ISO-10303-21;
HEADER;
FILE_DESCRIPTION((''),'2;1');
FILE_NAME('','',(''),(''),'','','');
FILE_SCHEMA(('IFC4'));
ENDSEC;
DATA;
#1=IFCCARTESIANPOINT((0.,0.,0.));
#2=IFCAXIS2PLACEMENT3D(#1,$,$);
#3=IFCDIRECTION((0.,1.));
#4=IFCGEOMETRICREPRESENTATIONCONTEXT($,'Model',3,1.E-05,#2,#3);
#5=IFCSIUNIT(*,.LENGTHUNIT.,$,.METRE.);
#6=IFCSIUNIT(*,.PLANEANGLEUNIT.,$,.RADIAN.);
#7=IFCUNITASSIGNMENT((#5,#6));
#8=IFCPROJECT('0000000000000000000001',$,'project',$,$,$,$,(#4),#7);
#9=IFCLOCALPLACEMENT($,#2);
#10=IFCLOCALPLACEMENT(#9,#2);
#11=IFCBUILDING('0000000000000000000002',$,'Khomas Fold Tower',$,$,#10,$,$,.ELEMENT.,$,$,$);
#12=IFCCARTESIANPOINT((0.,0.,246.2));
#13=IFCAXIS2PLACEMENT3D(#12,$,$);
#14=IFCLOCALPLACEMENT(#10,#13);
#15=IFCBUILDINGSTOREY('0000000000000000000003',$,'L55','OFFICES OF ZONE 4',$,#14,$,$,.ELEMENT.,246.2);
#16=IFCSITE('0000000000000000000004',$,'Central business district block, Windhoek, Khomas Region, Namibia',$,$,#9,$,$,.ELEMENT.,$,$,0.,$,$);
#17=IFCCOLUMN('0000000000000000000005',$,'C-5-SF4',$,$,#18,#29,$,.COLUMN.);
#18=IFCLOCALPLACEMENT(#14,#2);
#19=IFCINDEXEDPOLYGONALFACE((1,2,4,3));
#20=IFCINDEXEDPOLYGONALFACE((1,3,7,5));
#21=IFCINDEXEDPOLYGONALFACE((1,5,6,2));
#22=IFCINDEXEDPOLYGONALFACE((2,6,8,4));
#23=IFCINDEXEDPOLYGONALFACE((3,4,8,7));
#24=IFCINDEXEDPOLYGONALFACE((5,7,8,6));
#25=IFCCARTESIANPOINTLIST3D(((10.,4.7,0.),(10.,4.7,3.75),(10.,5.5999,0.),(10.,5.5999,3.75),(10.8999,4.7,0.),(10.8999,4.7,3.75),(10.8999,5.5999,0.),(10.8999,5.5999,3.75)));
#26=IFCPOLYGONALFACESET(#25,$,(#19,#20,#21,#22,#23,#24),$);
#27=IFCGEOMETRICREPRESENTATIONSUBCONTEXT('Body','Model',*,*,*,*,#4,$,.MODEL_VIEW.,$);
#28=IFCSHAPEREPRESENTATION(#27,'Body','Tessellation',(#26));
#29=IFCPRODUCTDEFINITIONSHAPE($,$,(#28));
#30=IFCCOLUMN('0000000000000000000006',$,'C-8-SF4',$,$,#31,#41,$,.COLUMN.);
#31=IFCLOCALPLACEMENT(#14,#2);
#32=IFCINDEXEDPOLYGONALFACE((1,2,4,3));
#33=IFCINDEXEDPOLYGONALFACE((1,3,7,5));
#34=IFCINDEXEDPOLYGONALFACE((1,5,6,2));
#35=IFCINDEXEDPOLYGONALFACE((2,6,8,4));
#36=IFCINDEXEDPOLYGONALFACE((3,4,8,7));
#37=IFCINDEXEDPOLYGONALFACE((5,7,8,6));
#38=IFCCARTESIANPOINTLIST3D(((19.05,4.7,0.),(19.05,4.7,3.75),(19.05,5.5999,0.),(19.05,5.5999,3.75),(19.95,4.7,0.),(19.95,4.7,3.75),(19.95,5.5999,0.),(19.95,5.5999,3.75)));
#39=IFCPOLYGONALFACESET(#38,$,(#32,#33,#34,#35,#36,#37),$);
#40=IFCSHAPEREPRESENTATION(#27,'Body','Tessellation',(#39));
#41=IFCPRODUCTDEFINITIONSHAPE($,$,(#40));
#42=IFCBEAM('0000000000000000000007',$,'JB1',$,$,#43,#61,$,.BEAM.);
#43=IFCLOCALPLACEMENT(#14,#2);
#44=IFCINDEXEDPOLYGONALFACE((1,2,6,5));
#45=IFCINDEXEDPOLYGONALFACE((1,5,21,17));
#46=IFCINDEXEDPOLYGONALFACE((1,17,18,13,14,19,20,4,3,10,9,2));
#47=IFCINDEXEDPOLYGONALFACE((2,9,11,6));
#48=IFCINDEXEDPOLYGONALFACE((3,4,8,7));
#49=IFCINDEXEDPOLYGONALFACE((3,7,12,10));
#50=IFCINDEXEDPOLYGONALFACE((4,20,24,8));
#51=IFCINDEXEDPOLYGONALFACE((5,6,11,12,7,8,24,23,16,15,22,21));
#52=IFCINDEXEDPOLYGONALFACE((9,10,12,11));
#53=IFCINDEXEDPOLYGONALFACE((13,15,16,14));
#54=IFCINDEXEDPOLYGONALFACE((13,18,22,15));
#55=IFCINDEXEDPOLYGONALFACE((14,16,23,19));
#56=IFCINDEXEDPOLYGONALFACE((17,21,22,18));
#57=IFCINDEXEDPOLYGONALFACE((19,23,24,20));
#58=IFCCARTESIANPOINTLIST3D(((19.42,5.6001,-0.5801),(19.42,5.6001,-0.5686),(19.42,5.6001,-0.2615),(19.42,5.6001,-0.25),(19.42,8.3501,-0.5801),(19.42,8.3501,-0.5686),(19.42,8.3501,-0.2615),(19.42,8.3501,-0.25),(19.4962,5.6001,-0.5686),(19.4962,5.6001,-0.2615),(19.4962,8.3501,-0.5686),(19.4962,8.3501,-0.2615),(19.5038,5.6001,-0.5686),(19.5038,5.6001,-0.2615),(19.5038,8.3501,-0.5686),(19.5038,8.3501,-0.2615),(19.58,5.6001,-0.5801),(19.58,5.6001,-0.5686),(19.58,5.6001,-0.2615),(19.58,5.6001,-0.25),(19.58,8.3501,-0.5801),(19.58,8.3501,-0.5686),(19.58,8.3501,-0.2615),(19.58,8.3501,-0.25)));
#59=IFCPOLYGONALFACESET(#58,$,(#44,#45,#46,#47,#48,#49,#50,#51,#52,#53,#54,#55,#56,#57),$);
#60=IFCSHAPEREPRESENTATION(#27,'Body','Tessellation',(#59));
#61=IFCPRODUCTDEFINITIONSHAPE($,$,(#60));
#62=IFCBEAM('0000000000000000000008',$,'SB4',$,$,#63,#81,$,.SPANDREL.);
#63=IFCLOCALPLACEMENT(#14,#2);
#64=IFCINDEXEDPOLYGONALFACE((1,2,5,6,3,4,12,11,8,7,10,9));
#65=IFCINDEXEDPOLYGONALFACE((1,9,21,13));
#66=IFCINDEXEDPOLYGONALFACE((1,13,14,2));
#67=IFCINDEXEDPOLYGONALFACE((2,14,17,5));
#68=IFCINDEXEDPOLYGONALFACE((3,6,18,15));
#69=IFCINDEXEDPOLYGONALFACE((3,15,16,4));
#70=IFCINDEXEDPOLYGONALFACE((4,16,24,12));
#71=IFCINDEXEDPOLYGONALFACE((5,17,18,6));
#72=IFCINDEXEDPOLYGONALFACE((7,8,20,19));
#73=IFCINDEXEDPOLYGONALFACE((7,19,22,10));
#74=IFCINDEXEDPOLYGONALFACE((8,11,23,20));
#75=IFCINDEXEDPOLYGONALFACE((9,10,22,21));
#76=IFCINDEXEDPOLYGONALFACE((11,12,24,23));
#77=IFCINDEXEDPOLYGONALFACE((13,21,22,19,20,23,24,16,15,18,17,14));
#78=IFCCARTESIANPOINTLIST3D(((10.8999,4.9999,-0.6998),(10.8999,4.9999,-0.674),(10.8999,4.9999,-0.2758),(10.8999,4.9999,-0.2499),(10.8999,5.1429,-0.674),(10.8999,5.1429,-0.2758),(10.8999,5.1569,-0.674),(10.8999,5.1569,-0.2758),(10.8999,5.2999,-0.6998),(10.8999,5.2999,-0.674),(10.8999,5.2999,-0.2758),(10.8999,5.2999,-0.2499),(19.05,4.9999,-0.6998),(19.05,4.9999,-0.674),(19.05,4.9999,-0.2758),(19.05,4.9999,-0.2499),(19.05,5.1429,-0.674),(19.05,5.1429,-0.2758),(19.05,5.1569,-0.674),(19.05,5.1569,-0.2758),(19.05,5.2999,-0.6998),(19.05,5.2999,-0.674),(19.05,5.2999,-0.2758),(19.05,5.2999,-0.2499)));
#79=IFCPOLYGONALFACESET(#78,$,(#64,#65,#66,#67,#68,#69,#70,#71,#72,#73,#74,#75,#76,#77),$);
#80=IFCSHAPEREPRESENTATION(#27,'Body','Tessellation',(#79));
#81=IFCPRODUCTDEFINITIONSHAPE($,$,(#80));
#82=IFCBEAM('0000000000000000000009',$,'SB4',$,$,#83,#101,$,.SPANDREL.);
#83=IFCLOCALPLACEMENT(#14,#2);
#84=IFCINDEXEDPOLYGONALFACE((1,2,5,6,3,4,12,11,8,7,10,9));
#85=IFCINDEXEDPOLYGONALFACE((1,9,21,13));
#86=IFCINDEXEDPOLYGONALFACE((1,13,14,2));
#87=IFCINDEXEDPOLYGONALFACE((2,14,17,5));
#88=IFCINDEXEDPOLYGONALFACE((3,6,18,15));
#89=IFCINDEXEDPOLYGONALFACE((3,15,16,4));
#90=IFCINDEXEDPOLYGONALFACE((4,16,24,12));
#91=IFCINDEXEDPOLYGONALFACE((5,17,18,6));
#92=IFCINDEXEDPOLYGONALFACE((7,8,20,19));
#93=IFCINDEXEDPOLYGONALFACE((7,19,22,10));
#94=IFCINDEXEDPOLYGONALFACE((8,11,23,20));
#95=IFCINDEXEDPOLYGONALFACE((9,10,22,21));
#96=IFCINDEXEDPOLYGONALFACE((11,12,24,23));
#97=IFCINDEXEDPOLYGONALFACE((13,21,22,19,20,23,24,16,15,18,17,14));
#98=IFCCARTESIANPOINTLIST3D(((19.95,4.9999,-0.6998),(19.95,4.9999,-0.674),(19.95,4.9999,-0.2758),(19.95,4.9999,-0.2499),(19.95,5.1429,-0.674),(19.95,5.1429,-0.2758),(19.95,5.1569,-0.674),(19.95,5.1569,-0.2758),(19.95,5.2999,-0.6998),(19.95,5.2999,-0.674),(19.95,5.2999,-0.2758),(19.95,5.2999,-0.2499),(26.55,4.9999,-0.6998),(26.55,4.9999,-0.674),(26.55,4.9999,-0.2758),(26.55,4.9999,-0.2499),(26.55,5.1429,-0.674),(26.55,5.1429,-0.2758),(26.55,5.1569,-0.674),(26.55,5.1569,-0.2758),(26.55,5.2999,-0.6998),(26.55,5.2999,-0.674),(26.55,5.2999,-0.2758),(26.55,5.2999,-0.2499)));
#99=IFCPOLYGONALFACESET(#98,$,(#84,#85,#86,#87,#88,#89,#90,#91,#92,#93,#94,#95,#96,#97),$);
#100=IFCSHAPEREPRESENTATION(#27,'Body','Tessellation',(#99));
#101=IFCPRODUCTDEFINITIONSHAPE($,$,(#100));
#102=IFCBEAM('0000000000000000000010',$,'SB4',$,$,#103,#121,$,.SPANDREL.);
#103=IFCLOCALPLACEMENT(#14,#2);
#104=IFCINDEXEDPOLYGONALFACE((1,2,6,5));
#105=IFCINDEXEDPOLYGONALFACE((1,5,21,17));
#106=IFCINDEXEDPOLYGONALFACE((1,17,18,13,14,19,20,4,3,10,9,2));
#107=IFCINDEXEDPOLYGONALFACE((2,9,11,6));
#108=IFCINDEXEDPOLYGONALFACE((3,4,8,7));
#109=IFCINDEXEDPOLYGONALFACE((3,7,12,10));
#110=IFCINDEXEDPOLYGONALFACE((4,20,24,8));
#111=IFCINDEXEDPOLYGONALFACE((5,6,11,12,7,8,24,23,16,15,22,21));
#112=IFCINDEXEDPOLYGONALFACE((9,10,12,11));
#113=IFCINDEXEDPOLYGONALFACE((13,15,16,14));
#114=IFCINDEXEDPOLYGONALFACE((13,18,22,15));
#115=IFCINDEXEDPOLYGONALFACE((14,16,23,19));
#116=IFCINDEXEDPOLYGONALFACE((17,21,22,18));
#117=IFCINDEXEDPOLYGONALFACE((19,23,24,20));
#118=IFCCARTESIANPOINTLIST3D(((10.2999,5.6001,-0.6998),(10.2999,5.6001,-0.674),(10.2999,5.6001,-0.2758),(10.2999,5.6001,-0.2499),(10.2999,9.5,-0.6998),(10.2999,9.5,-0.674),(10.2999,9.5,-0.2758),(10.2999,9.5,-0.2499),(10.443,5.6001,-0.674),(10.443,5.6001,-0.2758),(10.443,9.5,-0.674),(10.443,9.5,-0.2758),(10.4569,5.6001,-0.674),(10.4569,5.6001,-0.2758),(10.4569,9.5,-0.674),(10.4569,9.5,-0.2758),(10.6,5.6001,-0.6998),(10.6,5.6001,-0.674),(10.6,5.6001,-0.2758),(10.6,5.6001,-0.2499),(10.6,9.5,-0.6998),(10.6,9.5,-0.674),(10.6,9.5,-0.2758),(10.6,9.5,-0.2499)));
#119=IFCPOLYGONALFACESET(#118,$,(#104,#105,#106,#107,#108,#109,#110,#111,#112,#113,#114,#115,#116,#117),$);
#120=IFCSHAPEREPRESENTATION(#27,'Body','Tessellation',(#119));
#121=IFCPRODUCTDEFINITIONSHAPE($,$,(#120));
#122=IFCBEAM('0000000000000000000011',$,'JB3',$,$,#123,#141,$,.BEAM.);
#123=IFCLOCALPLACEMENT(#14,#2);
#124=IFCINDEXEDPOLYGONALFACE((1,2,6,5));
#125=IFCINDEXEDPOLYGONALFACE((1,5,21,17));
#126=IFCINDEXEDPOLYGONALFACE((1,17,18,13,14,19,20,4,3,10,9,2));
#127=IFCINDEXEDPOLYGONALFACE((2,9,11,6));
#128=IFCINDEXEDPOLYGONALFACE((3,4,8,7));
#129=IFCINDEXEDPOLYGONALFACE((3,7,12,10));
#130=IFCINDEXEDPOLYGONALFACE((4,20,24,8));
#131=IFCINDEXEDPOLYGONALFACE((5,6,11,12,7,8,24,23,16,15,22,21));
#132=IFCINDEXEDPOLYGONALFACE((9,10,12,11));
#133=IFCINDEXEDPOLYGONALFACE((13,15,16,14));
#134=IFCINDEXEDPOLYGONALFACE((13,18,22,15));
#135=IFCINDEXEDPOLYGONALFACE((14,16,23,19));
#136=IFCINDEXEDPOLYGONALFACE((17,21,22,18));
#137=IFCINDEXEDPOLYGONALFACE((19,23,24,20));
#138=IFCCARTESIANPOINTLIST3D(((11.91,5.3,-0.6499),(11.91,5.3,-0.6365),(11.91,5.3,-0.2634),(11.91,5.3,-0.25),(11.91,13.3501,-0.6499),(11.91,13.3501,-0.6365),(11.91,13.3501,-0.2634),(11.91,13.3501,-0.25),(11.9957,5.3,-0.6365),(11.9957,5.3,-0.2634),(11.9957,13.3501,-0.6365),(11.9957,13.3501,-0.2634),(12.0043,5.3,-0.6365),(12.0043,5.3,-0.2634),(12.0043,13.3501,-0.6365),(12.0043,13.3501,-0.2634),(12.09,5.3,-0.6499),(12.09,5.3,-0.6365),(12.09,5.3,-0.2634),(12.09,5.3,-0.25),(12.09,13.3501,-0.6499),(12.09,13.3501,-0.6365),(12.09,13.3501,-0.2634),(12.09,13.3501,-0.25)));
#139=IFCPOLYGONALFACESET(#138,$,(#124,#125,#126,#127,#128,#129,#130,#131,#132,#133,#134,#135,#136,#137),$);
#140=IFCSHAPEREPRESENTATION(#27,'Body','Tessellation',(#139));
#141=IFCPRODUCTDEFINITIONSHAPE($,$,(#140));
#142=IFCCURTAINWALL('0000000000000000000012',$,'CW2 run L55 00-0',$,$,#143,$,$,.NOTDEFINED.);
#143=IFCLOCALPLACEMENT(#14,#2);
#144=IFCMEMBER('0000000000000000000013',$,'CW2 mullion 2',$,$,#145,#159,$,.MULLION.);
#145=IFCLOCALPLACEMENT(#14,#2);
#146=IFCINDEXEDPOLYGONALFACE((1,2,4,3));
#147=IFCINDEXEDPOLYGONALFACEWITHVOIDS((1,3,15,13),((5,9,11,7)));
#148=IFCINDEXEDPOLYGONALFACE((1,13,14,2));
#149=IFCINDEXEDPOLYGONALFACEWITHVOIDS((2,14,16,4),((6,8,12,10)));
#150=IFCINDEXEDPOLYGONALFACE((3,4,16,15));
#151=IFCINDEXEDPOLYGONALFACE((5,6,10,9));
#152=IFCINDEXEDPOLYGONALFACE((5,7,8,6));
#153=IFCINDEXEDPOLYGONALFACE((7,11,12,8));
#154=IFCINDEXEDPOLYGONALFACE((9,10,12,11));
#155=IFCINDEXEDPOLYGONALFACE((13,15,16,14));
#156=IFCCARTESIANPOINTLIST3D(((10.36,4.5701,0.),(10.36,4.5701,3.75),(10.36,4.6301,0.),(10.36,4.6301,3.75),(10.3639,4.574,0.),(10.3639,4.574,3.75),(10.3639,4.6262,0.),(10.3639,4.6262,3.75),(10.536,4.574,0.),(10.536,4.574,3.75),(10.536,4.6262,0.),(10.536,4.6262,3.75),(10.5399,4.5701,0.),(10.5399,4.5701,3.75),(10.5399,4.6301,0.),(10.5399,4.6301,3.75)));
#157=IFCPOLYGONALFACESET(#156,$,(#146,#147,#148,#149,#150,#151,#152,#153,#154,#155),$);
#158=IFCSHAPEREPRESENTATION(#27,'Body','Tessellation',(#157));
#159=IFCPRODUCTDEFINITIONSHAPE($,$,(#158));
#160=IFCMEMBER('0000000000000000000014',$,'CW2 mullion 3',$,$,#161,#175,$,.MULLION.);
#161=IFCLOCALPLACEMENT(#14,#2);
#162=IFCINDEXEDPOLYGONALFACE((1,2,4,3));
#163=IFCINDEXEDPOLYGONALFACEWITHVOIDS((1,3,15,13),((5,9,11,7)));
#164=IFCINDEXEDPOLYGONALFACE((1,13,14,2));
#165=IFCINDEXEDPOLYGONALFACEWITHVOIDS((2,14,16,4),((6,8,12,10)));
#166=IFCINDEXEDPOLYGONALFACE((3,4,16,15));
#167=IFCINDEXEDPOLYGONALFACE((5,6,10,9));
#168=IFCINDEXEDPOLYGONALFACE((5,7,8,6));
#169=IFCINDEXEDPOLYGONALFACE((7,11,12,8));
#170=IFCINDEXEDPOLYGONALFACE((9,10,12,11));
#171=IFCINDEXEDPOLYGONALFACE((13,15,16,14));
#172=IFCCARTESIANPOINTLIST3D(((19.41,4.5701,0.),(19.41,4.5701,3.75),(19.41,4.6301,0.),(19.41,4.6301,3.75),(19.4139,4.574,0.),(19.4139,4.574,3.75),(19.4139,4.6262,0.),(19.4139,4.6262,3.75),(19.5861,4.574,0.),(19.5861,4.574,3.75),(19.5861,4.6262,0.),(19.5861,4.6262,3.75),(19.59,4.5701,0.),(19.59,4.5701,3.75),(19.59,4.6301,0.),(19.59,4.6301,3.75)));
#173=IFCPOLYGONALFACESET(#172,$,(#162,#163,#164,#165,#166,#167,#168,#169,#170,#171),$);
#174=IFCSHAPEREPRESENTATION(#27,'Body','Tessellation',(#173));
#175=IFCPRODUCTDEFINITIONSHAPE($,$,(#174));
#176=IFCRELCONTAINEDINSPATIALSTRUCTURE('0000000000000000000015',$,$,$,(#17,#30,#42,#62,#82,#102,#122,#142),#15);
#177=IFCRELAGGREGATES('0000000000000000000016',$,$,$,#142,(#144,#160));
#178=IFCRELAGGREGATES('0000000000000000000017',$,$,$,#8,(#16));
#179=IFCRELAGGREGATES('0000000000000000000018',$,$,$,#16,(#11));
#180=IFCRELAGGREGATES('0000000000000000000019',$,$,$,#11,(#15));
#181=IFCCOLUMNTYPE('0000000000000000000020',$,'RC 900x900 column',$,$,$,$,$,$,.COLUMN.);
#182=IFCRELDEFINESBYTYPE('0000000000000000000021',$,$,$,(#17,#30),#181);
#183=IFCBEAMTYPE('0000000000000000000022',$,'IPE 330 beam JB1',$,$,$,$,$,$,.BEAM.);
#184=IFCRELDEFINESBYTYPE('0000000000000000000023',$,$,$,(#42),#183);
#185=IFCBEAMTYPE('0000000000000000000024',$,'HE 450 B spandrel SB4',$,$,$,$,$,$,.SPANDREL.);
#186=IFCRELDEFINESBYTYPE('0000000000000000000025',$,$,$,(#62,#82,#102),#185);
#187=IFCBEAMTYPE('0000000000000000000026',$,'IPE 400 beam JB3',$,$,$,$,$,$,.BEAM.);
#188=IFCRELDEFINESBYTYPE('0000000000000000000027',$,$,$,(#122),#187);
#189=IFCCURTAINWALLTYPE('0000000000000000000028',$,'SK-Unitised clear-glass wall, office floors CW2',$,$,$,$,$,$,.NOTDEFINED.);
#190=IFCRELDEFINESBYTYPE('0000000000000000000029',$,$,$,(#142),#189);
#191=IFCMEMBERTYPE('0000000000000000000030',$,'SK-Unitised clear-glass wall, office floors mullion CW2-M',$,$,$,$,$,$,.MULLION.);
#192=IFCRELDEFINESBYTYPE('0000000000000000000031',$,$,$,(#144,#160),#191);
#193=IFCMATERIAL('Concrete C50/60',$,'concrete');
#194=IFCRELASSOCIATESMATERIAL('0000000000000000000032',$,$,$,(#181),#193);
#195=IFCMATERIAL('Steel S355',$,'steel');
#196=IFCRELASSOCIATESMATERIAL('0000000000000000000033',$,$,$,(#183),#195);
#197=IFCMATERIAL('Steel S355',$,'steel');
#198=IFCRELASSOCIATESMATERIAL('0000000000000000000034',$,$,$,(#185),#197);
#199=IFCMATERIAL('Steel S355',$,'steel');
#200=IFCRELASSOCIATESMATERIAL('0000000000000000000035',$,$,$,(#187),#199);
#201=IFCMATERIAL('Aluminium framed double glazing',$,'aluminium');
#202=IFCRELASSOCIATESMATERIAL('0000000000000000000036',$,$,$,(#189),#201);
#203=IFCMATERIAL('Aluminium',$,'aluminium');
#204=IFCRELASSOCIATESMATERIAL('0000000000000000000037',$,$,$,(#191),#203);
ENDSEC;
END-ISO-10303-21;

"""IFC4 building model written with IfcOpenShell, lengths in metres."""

from ifc_helpers import new_model, si_unit, direction, frame, origin, origin_2d, place, context, subcontext, project, spatial, rectangle, hollow_rectangle, i_section, extrude, source, transform, mapped, material, material_profile, profile_set, type_object, element, aggregate, save


model = new_model("IFC4")

# Units and contexts
model_context = context("Model", 3, precision=1e-05, world=origin(), true_north=direction((0.0, 1.0)))
body_context = subcontext(model_context, "Body", "Model", "MODEL_VIEW")
ifc_project = project(units=[si_unit("LENGTHUNIT", "METRE"), si_unit("PLANEANGLEUNIT", "RADIAN")], contexts=[model_context])

# Site, building, storey
site_placement = place(None, origin())
site = spatial("IfcSite", under=ifc_project, at=site_placement, Name="Central business district block, Windhoek, Khomas Region, Namibia", CompositionType="ELEMENT", RefElevation=0.0)
building_placement = place(site_placement, origin())
building = spatial("IfcBuilding", under=site, at=building_placement, Name="Khomas Fold Tower", CompositionType="ELEMENT")
storey_placement = place(building_placement, frame((0.0, 0.0, 246.2)))
storey = spatial("IfcBuildingStorey", under=building, at=storey_placement, Name="L55", Description="OFFICES OF ZONE 4", CompositionType="ELEMENT", Elevation=246.2)

# Columns
ifc_material_1 = material(Name="Concrete C50/60", Category="concrete")
ifc_material_profile_1 = material_profile(ifc_material_1, rectangle(XDim=0.8999, YDim=0.8999, at=origin_2d()), Name="RC 900x900")
ifc_profile_set_1 = profile_set([ifc_material_profile_1], Name="Concrete C50/60")
column_type = type_object("IfcColumnType", Name="RC 900x900 column", PredefinedType="COLUMN", material=ifc_profile_set_1)
shared_shape_1 = source(origin(), body_context, "Body", "SweptSolid", [
    extrude(rectangle(XDim=0.8999, YDim=0.8999, at=origin_2d()), origin(), (0.0, 0.0, 1.0), 3.75),
])
for number, where, z_axis, x_axis, name in (
    (1, (10.45, 5.1499, 0.0), (0.0, 0.0, 1.0), (1.0, 0.0, 0.0), "C-5-SF4"),
    (2, (19.5, 5.1499, 0.0), (0.0, 0.0, 1.0), (1.0, 0.0, 0.0), "C-8-SF4"),
):
    element("IfcColumn", number, at=place(storey_placement, frame(where, z_axis=z_axis, x_axis=x_axis)), inside=storey, type_object=column_type, Name=name, PredefinedType="COLUMN", context=body_context, shape_type="MappedRepresentation", body=[
        mapped(shared_shape_1, transform((0.0, 0.0, 0.0))),
    ])

# Beams
ifc_material_2 = material(Name="Steel S355", Category="steel")
ifc_material_profile_2 = material_profile(ifc_material_2, i_section(OverallWidth=0.1599, OverallDepth=0.3301, WebThickness=0.0076, FlangeThickness=0.0115, at=origin_2d()), Name="IPE 330")
ifc_profile_set_2 = profile_set([ifc_material_profile_2], Name="Steel S355")
beam_type_1 = type_object("IfcBeamType", Name="IPE 330 beam JB1", PredefinedType="BEAM", material=ifc_profile_set_2)
shared_shape_2 = source(origin(), body_context, "Body", "SweptSolid", [
    extrude(i_section(OverallWidth=0.1599, OverallDepth=0.3301, WebThickness=0.0076, FlangeThickness=0.0115, at=origin_2d()), origin(), (0.0, 0.0, 1.0), 2.75),
])
beam_1_placement = place(storey_placement, frame((19.5, 5.6001, -0.415), z_axis=(0.0, 1.0, 0.0), x_axis=(-1.0, 0.0, 0.0)))
element("IfcBeam", 3, at=beam_1_placement, inside=storey, type_object=beam_type_1, Name="JB1", PredefinedType="BEAM", context=body_context, shape_type="MappedRepresentation", body=[
    mapped(shared_shape_2, transform((0.0, 0.0, 0.0))),
])
ifc_material_3 = material(Name="Steel S355", Category="steel")
ifc_material_profile_3 = material_profile(ifc_material_3, i_section(OverallWidth=0.3, OverallDepth=0.45, WebThickness=0.0139, FlangeThickness=0.0259, at=origin_2d()), Name="HE 450 B")
ifc_profile_set_3 = profile_set([ifc_material_profile_3], Name="Steel S355")
beam_type_2 = type_object("IfcBeamType", Name="HE 450 B spandrel SB4", PredefinedType="SPANDREL", material=ifc_profile_set_3)
shared_shape_3 = source(origin(), body_context, "Body", "SweptSolid", [
    extrude(i_section(OverallWidth=0.3, OverallDepth=0.45, WebThickness=0.0139, FlangeThickness=0.0259, at=origin_2d()), origin(), (0.0, 0.0, 1.0), 8.1501),
])
beam_2_placement = place(storey_placement, frame((10.8999, 5.1499, -0.4749), z_axis=(1.0, 0.0, 0.0), x_axis=(0.0, 1.0, 0.0)))
element("IfcBeam", 4, at=beam_2_placement, inside=storey, type_object=beam_type_2, Name="SB4", PredefinedType="SPANDREL", context=body_context, shape_type="MappedRepresentation", body=[
    mapped(shared_shape_3, transform((0.0, 0.0, 0.0))),
])
shared_shape_4 = source(origin(), body_context, "Body", "SweptSolid", [
    extrude(i_section(OverallWidth=0.3, OverallDepth=0.45, WebThickness=0.0139, FlangeThickness=0.0259, at=origin_2d()), origin(), (0.0, 0.0, 1.0), 6.6001),
])
beam_3_placement = place(storey_placement, frame((19.95, 5.1499, -0.4749), z_axis=(1.0, 0.0, 0.0), x_axis=(0.0, 1.0, 0.0)))
element("IfcBeam", 5, at=beam_3_placement, inside=storey, type_object=beam_type_2, Name="SB4", PredefinedType="SPANDREL", context=body_context, shape_type="MappedRepresentation", body=[
    mapped(shared_shape_4, transform((0.0, 0.0, 0.0))),
])
shared_shape_5 = source(origin(), body_context, "Body", "SweptSolid", [
    extrude(i_section(OverallWidth=0.3, OverallDepth=0.45, WebThickness=0.0139, FlangeThickness=0.0259, at=origin_2d()), origin(), (0.0, 0.0, 1.0), 3.8999),
])
beam_4_placement = place(storey_placement, frame((10.45, 5.6001, -0.4749), z_axis=(0.0, 1.0, 0.0), x_axis=(-1.0, 0.0, 0.0)))
element("IfcBeam", 6, at=beam_4_placement, inside=storey, type_object=beam_type_2, Name="SB4", PredefinedType="SPANDREL", context=body_context, shape_type="MappedRepresentation", body=[
    mapped(shared_shape_5, transform((0.0, 0.0, 0.0))),
])
ifc_material_4 = material(Name="Steel S355", Category="steel")
ifc_material_profile_4 = material_profile(ifc_material_4, i_section(OverallWidth=0.1799, OverallDepth=0.3999, WebThickness=0.0085, FlangeThickness=0.0134, at=origin_2d()), Name="IPE 400")
ifc_profile_set_4 = profile_set([ifc_material_profile_4], Name="Steel S355")
beam_type_3 = type_object("IfcBeamType", Name="IPE 400 beam JB3", PredefinedType="BEAM", material=ifc_profile_set_4)
shared_shape_6 = source(origin(), body_context, "Body", "SweptSolid", [
    extrude(i_section(OverallWidth=0.1799, OverallDepth=0.3999, WebThickness=0.0085, FlangeThickness=0.0134, at=origin_2d()), origin(), (0.0, 0.0, 1.0), 8.05),
])
beam_5_placement = place(storey_placement, frame((12.0, 5.3, -0.45), z_axis=(0.0, 1.0, 0.0), x_axis=(-1.0, 0.0, 0.0)))
element("IfcBeam", 7, at=beam_5_placement, inside=storey, type_object=beam_type_3, Name="JB3", PredefinedType="BEAM", context=body_context, shape_type="MappedRepresentation", body=[
    mapped(shared_shape_6, transform((0.0, 0.0, 0.0))),
])

# Curtain wall, members
ifc_material_5 = material(Name="Aluminium framed double glazing", Category="aluminium")
curtain_wall_type = type_object("IfcCurtainWallType", Name="SK-Unitised clear-glass wall, office floors CW2", PredefinedType="NOTDEFINED", material=ifc_material_5)
curtain_wall_placement = place(storey_placement, origin())
curtain_wall = element("IfcCurtainWall", 8, at=curtain_wall_placement, inside=storey, type_object=curtain_wall_type, Name="CW2 run L55 00-0", PredefinedType="NOTDEFINED")
ifc_material_6 = material(Name="Aluminium", Category="aluminium")
ifc_material_profile_5 = material_profile(ifc_material_6, hollow_rectangle(XDim=0.0601, YDim=0.1799, WallThickness=0.0039, at=origin_2d()), Name="SK-Unitised clear-glass wall, office floors mullion CW2-M")
ifc_profile_set_5 = profile_set([ifc_material_profile_5], Name="Aluminium")
member_type_1 = type_object("IfcMemberType", Name="SK-Unitised clear-glass wall, office floors mullion CW2-M", PredefinedType="MULLION", material=ifc_profile_set_5)
shared_shape_7 = source(origin(), body_context, "Body", "SweptSolid", [
    extrude(hollow_rectangle(XDim=0.0601, YDim=0.1799, WallThickness=0.0039, at=origin_2d()), origin(), (0.0, 0.0, 1.0), 3.75),
])
member_1_placement = place(storey_placement, frame((10.45, 4.6001, 0.0), z_axis=(0.0, 0.0, 1.0), x_axis=(0.0, 1.0, 0.0)))
member_1 = element("IfcMember", 9, at=member_1_placement, type_object=member_type_1, Name="CW2 mullion 2", PredefinedType="MULLION", context=body_context, shape_type="MappedRepresentation", body=[
    mapped(shared_shape_7, transform((0.0, 0.0, 0.0))),
])
member_2_placement = place(storey_placement, frame((19.5, 4.6001, 0.0), z_axis=(0.0, 0.0, 1.0), x_axis=(0.0, 1.0, 0.0)))
member_2 = element("IfcMember", 10, at=member_2_placement, type_object=member_type_1, Name="CW2 mullion 3", PredefinedType="MULLION", context=body_context, shape_type="MappedRepresentation", body=[
    mapped(shared_shape_7, transform((0.0, 0.0, 0.0))),
])

aggregate(curtain_wall, [member_1, member_2])

save(model, "model.ifc")
